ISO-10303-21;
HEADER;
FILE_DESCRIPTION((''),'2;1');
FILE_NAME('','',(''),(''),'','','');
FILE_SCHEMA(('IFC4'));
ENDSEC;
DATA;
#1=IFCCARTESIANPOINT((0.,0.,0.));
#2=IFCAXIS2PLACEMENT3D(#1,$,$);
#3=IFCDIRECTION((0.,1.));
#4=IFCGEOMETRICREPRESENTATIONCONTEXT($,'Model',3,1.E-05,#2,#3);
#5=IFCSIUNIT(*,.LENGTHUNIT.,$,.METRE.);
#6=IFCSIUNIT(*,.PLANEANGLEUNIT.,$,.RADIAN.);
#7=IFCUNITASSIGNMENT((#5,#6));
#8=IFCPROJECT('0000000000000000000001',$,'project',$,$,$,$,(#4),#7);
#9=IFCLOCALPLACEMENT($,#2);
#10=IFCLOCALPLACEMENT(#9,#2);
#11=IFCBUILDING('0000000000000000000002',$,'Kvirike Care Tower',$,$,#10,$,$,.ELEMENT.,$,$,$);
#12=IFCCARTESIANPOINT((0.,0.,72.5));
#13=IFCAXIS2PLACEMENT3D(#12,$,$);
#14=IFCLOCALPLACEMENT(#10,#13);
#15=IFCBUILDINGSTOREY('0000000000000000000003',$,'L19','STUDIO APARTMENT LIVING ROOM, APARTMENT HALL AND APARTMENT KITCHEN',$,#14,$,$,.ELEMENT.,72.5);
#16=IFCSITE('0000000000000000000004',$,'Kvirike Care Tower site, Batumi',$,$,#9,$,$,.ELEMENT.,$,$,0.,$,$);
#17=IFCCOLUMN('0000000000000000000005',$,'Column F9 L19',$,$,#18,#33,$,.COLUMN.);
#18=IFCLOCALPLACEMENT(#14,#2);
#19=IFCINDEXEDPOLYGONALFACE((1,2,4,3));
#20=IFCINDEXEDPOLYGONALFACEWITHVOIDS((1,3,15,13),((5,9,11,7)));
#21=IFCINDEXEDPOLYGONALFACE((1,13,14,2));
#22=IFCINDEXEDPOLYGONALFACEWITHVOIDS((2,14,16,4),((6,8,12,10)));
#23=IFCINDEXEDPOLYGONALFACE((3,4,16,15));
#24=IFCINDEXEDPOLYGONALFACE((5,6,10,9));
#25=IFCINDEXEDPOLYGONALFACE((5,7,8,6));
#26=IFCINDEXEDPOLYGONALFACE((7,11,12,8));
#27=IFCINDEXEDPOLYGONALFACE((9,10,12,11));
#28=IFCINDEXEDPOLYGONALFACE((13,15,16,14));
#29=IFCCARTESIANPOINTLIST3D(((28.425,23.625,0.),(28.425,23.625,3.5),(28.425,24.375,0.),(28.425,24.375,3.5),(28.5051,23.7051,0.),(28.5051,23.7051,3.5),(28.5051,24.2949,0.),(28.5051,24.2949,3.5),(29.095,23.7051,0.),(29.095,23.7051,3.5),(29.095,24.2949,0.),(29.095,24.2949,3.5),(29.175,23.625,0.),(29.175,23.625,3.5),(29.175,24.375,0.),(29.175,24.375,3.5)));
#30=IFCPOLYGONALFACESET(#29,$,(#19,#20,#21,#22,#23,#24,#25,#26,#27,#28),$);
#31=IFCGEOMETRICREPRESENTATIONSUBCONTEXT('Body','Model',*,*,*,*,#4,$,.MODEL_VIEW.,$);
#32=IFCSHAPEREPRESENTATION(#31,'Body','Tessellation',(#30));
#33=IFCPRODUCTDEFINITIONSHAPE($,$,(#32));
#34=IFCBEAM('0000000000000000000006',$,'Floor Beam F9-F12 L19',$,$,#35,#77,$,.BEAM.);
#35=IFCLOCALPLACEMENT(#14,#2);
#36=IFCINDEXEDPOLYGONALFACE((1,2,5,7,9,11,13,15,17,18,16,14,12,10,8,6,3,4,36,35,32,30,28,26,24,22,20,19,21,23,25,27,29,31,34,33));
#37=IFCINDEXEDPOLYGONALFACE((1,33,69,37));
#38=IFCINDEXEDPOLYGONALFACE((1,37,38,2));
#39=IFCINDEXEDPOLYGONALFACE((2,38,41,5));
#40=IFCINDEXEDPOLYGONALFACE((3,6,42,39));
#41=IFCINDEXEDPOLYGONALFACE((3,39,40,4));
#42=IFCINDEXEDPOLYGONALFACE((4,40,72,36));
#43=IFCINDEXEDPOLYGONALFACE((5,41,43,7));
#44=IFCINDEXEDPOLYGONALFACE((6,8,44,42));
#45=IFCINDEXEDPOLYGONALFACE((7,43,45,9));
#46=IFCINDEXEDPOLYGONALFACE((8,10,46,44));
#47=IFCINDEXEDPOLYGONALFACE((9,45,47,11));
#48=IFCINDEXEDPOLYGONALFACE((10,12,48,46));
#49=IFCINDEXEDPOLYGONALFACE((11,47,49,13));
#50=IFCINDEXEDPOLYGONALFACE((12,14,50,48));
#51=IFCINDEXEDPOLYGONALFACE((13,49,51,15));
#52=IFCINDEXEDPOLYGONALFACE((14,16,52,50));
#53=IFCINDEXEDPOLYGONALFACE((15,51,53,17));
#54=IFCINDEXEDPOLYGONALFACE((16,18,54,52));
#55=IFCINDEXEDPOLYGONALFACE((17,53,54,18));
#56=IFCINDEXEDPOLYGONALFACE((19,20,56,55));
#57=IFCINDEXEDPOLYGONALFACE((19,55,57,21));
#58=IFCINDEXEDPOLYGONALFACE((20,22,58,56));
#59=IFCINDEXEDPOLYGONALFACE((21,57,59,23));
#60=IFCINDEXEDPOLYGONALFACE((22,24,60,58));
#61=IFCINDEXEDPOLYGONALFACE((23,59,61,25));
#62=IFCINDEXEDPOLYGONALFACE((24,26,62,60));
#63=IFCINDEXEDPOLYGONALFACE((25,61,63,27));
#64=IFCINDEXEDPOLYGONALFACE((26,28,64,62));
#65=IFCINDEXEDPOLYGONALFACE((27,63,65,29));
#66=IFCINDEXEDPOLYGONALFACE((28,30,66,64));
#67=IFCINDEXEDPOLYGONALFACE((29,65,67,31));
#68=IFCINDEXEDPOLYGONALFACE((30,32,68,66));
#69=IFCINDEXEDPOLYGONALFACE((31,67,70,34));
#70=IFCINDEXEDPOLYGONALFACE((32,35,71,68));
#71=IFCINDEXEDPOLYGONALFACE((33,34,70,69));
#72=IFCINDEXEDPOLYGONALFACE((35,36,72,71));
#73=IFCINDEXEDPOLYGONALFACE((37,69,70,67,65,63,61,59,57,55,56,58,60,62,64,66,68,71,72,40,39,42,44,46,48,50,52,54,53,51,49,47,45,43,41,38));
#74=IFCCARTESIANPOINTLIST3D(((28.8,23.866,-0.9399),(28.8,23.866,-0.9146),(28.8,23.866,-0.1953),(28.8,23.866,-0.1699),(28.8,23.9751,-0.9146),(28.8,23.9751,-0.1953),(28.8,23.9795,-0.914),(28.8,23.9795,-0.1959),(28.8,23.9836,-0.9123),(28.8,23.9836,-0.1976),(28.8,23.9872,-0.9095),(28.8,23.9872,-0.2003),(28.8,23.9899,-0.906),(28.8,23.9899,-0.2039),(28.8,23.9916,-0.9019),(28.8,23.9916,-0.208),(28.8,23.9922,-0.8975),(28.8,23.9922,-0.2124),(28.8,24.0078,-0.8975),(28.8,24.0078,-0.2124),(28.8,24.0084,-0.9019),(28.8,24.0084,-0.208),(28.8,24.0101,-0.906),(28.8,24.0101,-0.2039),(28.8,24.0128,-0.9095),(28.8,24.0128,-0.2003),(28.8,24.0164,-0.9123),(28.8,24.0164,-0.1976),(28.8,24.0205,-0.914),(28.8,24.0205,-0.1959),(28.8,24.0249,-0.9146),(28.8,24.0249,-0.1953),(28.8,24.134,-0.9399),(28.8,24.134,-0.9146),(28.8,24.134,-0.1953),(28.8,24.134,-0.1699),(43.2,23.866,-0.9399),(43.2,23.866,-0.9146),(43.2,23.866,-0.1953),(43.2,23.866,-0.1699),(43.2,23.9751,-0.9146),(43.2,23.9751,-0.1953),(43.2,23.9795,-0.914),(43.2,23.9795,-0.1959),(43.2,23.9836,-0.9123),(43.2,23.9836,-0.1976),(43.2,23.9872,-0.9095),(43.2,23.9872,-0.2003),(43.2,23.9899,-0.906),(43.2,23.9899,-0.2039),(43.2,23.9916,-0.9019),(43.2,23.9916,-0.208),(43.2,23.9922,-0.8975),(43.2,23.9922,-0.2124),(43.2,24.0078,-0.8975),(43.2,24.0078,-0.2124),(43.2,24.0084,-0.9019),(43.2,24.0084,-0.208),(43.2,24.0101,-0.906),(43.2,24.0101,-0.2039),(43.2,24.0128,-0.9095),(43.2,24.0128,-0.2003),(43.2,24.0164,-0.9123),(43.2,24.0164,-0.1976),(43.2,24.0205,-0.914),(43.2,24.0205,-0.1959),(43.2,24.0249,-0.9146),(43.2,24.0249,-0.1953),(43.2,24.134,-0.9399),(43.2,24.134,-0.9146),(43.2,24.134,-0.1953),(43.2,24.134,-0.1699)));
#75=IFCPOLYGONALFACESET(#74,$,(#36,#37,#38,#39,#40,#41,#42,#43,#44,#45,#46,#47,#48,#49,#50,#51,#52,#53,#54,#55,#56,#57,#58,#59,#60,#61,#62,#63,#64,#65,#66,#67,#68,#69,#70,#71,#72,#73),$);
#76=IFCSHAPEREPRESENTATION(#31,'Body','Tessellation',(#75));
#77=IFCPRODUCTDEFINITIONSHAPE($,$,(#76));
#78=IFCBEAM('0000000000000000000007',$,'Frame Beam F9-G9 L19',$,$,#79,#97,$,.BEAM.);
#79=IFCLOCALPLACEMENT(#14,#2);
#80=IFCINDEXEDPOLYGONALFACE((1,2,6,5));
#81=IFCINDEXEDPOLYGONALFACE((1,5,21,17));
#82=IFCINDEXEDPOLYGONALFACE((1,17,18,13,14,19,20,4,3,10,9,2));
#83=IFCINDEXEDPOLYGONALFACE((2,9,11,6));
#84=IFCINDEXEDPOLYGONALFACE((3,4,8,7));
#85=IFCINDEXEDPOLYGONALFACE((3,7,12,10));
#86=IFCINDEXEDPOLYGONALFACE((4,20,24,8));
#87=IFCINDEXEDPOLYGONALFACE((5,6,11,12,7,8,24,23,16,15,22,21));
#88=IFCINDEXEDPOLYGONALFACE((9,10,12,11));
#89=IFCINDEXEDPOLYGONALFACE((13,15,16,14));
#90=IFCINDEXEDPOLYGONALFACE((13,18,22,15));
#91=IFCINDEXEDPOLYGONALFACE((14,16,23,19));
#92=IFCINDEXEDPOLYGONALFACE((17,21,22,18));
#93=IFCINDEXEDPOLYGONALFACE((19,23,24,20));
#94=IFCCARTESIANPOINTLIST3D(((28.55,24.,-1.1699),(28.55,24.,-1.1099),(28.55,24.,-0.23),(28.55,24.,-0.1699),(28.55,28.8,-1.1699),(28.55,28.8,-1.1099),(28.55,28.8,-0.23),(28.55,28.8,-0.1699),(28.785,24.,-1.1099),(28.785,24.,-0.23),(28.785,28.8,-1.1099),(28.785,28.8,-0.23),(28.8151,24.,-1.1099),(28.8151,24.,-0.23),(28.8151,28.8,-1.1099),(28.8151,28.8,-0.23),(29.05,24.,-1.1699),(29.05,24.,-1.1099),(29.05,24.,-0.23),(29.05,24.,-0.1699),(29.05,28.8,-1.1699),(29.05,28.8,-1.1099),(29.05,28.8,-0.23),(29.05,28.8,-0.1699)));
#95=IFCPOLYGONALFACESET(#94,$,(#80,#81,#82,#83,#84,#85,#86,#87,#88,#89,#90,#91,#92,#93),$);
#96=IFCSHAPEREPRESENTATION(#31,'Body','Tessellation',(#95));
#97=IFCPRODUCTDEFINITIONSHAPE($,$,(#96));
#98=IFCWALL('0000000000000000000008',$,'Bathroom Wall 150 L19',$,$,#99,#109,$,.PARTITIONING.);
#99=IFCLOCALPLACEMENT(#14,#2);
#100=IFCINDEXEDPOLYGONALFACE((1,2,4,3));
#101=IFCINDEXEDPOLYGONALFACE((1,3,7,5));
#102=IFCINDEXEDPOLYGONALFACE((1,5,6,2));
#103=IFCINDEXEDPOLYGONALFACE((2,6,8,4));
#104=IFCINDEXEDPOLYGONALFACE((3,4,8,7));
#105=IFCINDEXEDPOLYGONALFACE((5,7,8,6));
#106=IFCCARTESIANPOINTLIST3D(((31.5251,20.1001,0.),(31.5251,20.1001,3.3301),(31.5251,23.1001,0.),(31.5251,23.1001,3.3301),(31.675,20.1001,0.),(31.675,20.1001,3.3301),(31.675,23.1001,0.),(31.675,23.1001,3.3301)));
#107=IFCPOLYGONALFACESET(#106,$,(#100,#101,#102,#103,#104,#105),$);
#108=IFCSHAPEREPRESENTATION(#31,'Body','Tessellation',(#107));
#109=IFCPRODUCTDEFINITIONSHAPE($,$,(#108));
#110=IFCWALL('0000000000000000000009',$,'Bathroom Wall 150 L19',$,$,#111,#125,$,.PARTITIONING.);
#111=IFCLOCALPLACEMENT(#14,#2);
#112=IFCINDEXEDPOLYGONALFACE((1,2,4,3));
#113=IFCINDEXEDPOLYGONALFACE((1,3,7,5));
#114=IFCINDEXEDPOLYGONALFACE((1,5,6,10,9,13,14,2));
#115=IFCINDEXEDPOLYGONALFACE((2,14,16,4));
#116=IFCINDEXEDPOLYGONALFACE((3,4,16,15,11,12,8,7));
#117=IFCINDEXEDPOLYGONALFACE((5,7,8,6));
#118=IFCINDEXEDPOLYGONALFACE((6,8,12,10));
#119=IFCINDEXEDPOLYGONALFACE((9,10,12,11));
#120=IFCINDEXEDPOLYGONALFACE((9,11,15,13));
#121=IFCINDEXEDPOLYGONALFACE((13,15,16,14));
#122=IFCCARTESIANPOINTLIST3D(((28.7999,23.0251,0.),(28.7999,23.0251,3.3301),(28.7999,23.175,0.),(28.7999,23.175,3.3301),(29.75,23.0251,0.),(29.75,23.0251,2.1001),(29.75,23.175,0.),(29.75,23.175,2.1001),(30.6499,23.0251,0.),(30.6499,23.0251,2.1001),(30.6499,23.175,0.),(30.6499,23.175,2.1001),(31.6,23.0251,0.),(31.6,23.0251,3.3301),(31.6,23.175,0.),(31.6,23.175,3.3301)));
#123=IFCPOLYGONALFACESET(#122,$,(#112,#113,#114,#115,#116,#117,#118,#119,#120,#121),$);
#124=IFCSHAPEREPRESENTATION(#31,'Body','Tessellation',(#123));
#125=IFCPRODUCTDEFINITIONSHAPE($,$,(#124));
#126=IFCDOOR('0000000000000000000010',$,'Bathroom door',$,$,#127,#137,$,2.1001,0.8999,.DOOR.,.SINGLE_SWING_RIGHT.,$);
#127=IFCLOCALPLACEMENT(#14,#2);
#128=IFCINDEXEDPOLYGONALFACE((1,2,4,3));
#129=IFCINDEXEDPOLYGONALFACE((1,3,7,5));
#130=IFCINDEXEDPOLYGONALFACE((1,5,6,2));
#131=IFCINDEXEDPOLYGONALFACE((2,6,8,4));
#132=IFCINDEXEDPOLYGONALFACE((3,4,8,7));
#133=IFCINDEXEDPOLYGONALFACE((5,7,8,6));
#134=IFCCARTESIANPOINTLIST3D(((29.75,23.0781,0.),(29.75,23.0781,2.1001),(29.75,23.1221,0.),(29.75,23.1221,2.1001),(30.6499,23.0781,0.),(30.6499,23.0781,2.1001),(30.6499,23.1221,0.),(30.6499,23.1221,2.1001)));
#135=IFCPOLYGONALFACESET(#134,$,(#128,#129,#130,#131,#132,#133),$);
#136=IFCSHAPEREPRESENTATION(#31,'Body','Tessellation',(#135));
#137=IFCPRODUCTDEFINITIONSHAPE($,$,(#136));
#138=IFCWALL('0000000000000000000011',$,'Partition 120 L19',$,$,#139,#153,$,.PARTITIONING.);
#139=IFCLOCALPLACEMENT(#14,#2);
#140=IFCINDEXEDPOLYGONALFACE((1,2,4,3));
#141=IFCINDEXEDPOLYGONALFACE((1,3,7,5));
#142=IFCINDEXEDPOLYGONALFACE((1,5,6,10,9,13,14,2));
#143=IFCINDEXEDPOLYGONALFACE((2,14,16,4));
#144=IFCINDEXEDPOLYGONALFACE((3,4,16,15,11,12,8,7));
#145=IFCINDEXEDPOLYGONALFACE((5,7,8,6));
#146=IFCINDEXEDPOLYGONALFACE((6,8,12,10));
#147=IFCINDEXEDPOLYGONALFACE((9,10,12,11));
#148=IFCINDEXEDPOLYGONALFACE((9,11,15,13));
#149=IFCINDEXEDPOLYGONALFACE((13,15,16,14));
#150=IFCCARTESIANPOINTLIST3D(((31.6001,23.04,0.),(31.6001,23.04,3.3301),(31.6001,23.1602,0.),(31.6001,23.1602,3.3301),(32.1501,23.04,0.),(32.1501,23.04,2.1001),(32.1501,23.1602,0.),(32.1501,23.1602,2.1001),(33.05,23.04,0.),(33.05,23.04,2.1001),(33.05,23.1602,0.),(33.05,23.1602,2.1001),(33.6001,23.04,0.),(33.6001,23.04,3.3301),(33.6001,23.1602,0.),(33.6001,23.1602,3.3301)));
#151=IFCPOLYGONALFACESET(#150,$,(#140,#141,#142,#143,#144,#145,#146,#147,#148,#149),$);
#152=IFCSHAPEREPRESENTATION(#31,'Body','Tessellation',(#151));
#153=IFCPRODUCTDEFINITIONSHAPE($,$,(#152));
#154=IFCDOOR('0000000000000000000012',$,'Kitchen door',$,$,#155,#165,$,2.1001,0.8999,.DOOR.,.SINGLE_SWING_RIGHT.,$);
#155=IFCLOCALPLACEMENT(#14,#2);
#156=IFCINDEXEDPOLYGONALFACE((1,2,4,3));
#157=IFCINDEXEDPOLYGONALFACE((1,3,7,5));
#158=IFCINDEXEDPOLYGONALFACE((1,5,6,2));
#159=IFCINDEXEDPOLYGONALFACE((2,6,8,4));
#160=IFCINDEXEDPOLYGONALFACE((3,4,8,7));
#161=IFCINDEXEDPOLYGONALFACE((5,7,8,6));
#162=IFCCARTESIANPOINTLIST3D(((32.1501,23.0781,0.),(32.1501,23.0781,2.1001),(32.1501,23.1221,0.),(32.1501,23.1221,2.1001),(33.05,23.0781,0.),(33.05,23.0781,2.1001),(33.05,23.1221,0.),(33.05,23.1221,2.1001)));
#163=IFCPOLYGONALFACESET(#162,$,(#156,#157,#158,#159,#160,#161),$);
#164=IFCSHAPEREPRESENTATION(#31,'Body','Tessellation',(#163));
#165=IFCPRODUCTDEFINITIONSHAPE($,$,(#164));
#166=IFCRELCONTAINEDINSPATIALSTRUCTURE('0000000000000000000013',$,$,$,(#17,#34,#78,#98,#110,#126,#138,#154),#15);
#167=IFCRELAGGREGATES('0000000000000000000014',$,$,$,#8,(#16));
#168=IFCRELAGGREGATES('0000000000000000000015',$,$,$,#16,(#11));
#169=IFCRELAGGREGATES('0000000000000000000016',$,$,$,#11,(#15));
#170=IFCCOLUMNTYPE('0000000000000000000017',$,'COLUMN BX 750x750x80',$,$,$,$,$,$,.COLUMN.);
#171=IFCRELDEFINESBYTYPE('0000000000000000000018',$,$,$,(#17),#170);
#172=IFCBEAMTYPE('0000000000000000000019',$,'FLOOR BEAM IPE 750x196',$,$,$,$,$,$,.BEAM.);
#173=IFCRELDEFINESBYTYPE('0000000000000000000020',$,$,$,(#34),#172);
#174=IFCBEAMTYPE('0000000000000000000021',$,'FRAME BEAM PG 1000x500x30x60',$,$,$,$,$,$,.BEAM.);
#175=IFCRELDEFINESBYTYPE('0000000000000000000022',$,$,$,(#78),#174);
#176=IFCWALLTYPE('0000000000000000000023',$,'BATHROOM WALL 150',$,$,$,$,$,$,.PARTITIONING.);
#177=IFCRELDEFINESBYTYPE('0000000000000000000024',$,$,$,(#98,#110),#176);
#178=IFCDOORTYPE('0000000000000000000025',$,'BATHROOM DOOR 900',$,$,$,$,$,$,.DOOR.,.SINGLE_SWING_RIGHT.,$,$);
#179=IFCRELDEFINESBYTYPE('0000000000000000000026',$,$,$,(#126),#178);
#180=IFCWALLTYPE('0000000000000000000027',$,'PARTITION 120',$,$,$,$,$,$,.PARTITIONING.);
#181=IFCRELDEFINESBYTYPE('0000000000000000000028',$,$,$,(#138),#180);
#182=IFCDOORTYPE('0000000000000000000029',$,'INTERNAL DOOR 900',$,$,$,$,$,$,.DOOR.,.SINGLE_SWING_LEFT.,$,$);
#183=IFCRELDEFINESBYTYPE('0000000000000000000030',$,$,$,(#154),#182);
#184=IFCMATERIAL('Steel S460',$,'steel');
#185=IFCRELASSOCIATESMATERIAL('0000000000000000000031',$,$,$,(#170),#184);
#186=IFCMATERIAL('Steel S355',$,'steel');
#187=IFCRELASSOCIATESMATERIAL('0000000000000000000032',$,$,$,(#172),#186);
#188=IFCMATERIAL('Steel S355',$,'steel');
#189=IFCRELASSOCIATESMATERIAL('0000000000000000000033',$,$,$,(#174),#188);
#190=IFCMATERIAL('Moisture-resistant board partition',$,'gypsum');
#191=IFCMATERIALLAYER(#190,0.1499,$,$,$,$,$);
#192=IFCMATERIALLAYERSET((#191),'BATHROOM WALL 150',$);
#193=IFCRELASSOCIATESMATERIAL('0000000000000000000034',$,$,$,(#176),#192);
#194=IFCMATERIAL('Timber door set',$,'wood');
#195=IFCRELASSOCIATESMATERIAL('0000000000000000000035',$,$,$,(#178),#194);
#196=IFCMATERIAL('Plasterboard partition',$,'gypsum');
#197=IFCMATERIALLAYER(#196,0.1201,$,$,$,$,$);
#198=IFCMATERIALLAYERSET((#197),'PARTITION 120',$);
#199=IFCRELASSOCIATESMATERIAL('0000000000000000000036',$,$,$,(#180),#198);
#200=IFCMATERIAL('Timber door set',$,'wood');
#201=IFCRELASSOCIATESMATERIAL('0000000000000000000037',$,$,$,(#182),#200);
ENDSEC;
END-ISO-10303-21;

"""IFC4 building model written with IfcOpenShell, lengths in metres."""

from ifc_helpers import new_model, si_unit, direction, frame, frame_2d, origin, origin_2d, place, context, subcontext, project, spatial, rectangle, hollow_rectangle, i_section, extrude, material, layer, layer_set, material_profile, profile_set, type_object, element, fill, save


model = new_model("IFC4")

# Units and contexts
model_context = context("Model", 3, precision=1e-05, world=origin(), true_north=direction((0.0, 1.0)))
body_context = subcontext(model_context, "Body", "Model", "MODEL_VIEW")
ifc_project = project(units=[si_unit("LENGTHUNIT", "METRE"), si_unit("PLANEANGLEUNIT", "RADIAN")], contexts=[model_context])

# Site, building, storey
site_placement = place(None, origin())
site = spatial("IfcSite", under=ifc_project, at=site_placement, Name="Kvirike Care Tower site, Batumi", CompositionType="ELEMENT", RefElevation=0.0)
building_placement = place(site_placement, origin())
building = spatial("IfcBuilding", under=site, at=building_placement, Name="Kvirike Care Tower", CompositionType="ELEMENT")
storey_placement = place(building_placement, frame((0.0, 0.0, 72.5)))
storey = spatial("IfcBuildingStorey", under=building, at=storey_placement, Name="L19", Description="STUDIO APARTMENT LIVING ROOM, APARTMENT HALL AND APARTMENT KITCHEN", CompositionType="ELEMENT", Elevation=72.5)

# Column
ifc_material_1 = material(Name="Steel S460", Category="steel")
ifc_material_profile_1 = material_profile(ifc_material_1, hollow_rectangle(XDim=0.75, YDim=0.75, WallThickness=0.0801, at=origin_2d()), Name="BX 750x750x80")
ifc_profile_set_1 = profile_set([ifc_material_profile_1], Name="Steel S460")
column_type = type_object("IfcColumnType", Name="COLUMN BX 750x750x80", PredefinedType="COLUMN", material=ifc_profile_set_1)
column_placement = place(storey_placement, frame((28.8, 24.0, 0.0), z_axis=(0.0, 0.0, 1.0), x_axis=(1.0, 0.0, 0.0)))
element("IfcColumn", 1, at=column_placement, inside=storey, type_object=column_type, Name="Column F9 L19", PredefinedType="COLUMN", context=body_context, shape_type="SweptSolid", body=[
    extrude(hollow_rectangle(XDim=0.75, YDim=0.75, WallThickness=0.0801, at=origin_2d()), origin(), (0.0, 0.0, 1.0), 3.5),
])

# Beams
ifc_material_2 = material(Name="Steel S355", Category="steel")
ifc_material_profile_2 = material_profile(ifc_material_2, i_section(OverallWidth=0.2681, OverallDepth=0.77, WebThickness=0.0156, FlangeThickness=0.0254, FilletRadius=0.0171, at=origin_2d()), Name="IPE 750x196")
ifc_profile_set_2 = profile_set([ifc_material_profile_2], Name="Steel S355")
beam_type_1 = type_object("IfcBeamType", Name="FLOOR BEAM IPE 750x196", PredefinedType="BEAM", material=ifc_profile_set_2)
beam_1_placement = place(storey_placement, frame((28.8, 24.0, -0.5549), z_axis=(1.0, 0.0, 0.0), x_axis=(0.0, 1.0, 0.0)))
element("IfcBeam", 2, at=beam_1_placement, inside=storey, type_object=beam_type_1, Name="Floor Beam F9-F12 L19", PredefinedType="BEAM", context=body_context, shape_type="SweptSolid", body=[
    extrude(i_section(OverallWidth=0.2681, OverallDepth=0.77, WebThickness=0.0156, FlangeThickness=0.0254, FilletRadius=0.0171, at=origin_2d()), origin(), (0.0, 0.0, 1.0), 14.3999),
])
ifc_material_3 = material(Name="Steel S355", Category="steel")
ifc_material_profile_3 = material_profile(ifc_material_3, i_section(OverallWidth=0.5, OverallDepth=1.0, WebThickness=0.03, FlangeThickness=0.0601, at=origin_2d()), Name="PG 1000x500x30x60")
ifc_profile_set_3 = profile_set([ifc_material_profile_3], Name="Steel S355")
beam_type_2 = type_object("IfcBeamType", Name="FRAME BEAM PG 1000x500x30x60", PredefinedType="BEAM", material=ifc_profile_set_3)
beam_2_placement = place(storey_placement, frame((28.8, 24.0, -0.6699), z_axis=(0.0, 1.0, 0.0), x_axis=(-1.0, 0.0, 0.0)))
element("IfcBeam", 3, at=beam_2_placement, inside=storey, type_object=beam_type_2, Name="Frame Beam F9-G9 L19", PredefinedType="BEAM", context=body_context, shape_type="SweptSolid", body=[
    extrude(i_section(OverallWidth=0.5, OverallDepth=1.0, WebThickness=0.03, FlangeThickness=0.0601, at=origin_2d()), origin(), (0.0, 0.0, 1.0), 4.8),
])

# Wall
ifc_material_4 = material(Name="Moisture-resistant board partition", Category="gypsum")
ifc_layer_1 = layer(ifc_material_4, 0.1499)
ifc_layer_set_1 = layer_set([ifc_layer_1], Name="BATHROOM WALL 150")
wall_type_1 = type_object("IfcWallType", Name="BATHROOM WALL 150", PredefinedType="PARTITIONING", material=ifc_layer_set_1)
wall_1_placement = place(storey_placement, frame((31.6001, 20.1001, 0.0), z_axis=(0.0, 0.0, 1.0), x_axis=(0.0, 1.0, 0.0)))
element("IfcWall", 4, at=wall_1_placement, inside=storey, type_object=wall_type_1, Name="Bathroom Wall 150 L19", PredefinedType="PARTITIONING", context=body_context, shape_type="SweptSolid", body=[
    extrude(rectangle(XDim=3.0, YDim=0.1499, at=frame_2d((1.5, 0.0))), origin(), (0.0, 0.0, 1.0), 3.3301),
])

# Walls, openings, doors
wall_2_placement = place(storey_placement, frame((28.8, 23.1001, 0.0), z_axis=(0.0, 0.0, 1.0), x_axis=(1.0, 0.0, 0.0)))
wall_2 = element("IfcWall", 5, at=wall_2_placement, inside=storey, type_object=wall_type_1, Name="Bathroom Wall 150 L19", PredefinedType="PARTITIONING", context=body_context, shape_type="SweptSolid", body=[
    extrude(rectangle(XDim=2.8, YDim=0.1499, at=frame_2d((1.3999, 0.0))), origin(), (0.0, 0.0, 1.0), 3.3301),
])
opening_1_placement = place(wall_2_placement, frame((0.95, 0.0, 0.0)))
opening_1 = element("IfcOpeningElement", 6, at=opening_1_placement, cuts=wall_2, PredefinedType="OPENING", context=body_context, shape_type="SweptSolid", body=[
    extrude(rectangle(XDim=0.8999, YDim=2.1001, at=frame_2d((0.45, 1.05))), frame((0.0, 0.0854, 0.0), z_axis=(0.0, -1.0, 0.0), x_axis=(1.0, 0.0, 0.0)), (0.0, 0.0, 1.0), 0.1709),
])
ifc_material_5 = material(Name="Timber door set", Category="wood")
door_type_1 = type_object("IfcDoorType", Name="BATHROOM DOOR 900", OperationType="SINGLE_SWING_RIGHT", PredefinedType="DOOR", material=ifc_material_5)
door_1_placement = place(opening_1_placement, frame((0.8999, 0.0, 0.0), z_axis=(0.0, 0.0, 1.0), x_axis=(-1.0, 0.0, 0.0)))
door_1 = element("IfcDoor", 7, at=door_1_placement, inside=storey, type_object=door_type_1, Name="Bathroom door", OperationType="SINGLE_SWING_RIGHT", OverallHeight=2.1001, OverallWidth=0.8999, PredefinedType="DOOR", context=body_context, shape_type="SweptSolid", body=[
    extrude(rectangle(XDim=0.8999, YDim=2.1001, at=frame_2d((0.45, 1.05))), frame((0.0, 0.022, 0.0), z_axis=(0.0, -1.0, 0.0), x_axis=(1.0, 0.0, 0.0)), (0.0, 0.0, 1.0), 0.0439),
])
fill(opening_1, door_1)
ifc_material_6 = material(Name="Plasterboard partition", Category="gypsum")
ifc_layer_2 = layer(ifc_material_6, 0.1201)
ifc_layer_set_2 = layer_set([ifc_layer_2], Name="PARTITION 120")
wall_type_2 = type_object("IfcWallType", Name="PARTITION 120", PredefinedType="PARTITIONING", material=ifc_layer_set_2)
wall_3_placement = place(storey_placement, frame((31.6001, 23.1001, 0.0), z_axis=(0.0, 0.0, 1.0), x_axis=(1.0, 0.0, 0.0)))
wall_3 = element("IfcWall", 8, at=wall_3_placement, inside=storey, type_object=wall_type_2, Name="Partition 120 L19", PredefinedType="PARTITIONING", context=body_context, shape_type="SweptSolid", body=[
    extrude(rectangle(XDim=2.0, YDim=0.1201, at=frame_2d((1.0, 0.0))), origin(), (0.0, 0.0, 1.0), 3.3301),
])
opening_2_placement = place(wall_3_placement, frame((0.55, 0.0, 0.0)))
opening_2 = element("IfcOpeningElement", 9, at=opening_2_placement, cuts=wall_3, PredefinedType="OPENING", context=body_context, shape_type="SweptSolid", body=[
    extrude(rectangle(XDim=0.8999, YDim=2.1001, at=frame_2d((0.45, 1.05))), frame((0.0, 0.0706, 0.0), z_axis=(0.0, -1.0, 0.0), x_axis=(1.0, 0.0, 0.0)), (0.0, 0.0, 1.0), 0.1411),
])
ifc_material_7 = material(Name="Timber door set", Category="wood")
door_type_2 = type_object("IfcDoorType", Name="INTERNAL DOOR 900", OperationType="SINGLE_SWING_LEFT", PredefinedType="DOOR", material=ifc_material_7)
door_2_placement = place(opening_2_placement, frame((0.8999, 0.0, 0.0), z_axis=(0.0, 0.0, 1.0), x_axis=(-1.0, 0.0, 0.0)))
door_2 = element("IfcDoor", 10, at=door_2_placement, inside=storey, type_object=door_type_2, Name="Kitchen door", OperationType="SINGLE_SWING_RIGHT", OverallHeight=2.1001, OverallWidth=0.8999, PredefinedType="DOOR", context=body_context, shape_type="SweptSolid", body=[
    extrude(rectangle(XDim=0.8999, YDim=2.1001, at=frame_2d((0.45, 1.05))), frame((0.0, 0.022, 0.0), z_axis=(0.0, -1.0, 0.0), x_axis=(1.0, 0.0, 0.0)), (0.0, 0.0, 1.0), 0.0439),
])
fill(opening_2, door_2)

save(model, "model.ifc")
